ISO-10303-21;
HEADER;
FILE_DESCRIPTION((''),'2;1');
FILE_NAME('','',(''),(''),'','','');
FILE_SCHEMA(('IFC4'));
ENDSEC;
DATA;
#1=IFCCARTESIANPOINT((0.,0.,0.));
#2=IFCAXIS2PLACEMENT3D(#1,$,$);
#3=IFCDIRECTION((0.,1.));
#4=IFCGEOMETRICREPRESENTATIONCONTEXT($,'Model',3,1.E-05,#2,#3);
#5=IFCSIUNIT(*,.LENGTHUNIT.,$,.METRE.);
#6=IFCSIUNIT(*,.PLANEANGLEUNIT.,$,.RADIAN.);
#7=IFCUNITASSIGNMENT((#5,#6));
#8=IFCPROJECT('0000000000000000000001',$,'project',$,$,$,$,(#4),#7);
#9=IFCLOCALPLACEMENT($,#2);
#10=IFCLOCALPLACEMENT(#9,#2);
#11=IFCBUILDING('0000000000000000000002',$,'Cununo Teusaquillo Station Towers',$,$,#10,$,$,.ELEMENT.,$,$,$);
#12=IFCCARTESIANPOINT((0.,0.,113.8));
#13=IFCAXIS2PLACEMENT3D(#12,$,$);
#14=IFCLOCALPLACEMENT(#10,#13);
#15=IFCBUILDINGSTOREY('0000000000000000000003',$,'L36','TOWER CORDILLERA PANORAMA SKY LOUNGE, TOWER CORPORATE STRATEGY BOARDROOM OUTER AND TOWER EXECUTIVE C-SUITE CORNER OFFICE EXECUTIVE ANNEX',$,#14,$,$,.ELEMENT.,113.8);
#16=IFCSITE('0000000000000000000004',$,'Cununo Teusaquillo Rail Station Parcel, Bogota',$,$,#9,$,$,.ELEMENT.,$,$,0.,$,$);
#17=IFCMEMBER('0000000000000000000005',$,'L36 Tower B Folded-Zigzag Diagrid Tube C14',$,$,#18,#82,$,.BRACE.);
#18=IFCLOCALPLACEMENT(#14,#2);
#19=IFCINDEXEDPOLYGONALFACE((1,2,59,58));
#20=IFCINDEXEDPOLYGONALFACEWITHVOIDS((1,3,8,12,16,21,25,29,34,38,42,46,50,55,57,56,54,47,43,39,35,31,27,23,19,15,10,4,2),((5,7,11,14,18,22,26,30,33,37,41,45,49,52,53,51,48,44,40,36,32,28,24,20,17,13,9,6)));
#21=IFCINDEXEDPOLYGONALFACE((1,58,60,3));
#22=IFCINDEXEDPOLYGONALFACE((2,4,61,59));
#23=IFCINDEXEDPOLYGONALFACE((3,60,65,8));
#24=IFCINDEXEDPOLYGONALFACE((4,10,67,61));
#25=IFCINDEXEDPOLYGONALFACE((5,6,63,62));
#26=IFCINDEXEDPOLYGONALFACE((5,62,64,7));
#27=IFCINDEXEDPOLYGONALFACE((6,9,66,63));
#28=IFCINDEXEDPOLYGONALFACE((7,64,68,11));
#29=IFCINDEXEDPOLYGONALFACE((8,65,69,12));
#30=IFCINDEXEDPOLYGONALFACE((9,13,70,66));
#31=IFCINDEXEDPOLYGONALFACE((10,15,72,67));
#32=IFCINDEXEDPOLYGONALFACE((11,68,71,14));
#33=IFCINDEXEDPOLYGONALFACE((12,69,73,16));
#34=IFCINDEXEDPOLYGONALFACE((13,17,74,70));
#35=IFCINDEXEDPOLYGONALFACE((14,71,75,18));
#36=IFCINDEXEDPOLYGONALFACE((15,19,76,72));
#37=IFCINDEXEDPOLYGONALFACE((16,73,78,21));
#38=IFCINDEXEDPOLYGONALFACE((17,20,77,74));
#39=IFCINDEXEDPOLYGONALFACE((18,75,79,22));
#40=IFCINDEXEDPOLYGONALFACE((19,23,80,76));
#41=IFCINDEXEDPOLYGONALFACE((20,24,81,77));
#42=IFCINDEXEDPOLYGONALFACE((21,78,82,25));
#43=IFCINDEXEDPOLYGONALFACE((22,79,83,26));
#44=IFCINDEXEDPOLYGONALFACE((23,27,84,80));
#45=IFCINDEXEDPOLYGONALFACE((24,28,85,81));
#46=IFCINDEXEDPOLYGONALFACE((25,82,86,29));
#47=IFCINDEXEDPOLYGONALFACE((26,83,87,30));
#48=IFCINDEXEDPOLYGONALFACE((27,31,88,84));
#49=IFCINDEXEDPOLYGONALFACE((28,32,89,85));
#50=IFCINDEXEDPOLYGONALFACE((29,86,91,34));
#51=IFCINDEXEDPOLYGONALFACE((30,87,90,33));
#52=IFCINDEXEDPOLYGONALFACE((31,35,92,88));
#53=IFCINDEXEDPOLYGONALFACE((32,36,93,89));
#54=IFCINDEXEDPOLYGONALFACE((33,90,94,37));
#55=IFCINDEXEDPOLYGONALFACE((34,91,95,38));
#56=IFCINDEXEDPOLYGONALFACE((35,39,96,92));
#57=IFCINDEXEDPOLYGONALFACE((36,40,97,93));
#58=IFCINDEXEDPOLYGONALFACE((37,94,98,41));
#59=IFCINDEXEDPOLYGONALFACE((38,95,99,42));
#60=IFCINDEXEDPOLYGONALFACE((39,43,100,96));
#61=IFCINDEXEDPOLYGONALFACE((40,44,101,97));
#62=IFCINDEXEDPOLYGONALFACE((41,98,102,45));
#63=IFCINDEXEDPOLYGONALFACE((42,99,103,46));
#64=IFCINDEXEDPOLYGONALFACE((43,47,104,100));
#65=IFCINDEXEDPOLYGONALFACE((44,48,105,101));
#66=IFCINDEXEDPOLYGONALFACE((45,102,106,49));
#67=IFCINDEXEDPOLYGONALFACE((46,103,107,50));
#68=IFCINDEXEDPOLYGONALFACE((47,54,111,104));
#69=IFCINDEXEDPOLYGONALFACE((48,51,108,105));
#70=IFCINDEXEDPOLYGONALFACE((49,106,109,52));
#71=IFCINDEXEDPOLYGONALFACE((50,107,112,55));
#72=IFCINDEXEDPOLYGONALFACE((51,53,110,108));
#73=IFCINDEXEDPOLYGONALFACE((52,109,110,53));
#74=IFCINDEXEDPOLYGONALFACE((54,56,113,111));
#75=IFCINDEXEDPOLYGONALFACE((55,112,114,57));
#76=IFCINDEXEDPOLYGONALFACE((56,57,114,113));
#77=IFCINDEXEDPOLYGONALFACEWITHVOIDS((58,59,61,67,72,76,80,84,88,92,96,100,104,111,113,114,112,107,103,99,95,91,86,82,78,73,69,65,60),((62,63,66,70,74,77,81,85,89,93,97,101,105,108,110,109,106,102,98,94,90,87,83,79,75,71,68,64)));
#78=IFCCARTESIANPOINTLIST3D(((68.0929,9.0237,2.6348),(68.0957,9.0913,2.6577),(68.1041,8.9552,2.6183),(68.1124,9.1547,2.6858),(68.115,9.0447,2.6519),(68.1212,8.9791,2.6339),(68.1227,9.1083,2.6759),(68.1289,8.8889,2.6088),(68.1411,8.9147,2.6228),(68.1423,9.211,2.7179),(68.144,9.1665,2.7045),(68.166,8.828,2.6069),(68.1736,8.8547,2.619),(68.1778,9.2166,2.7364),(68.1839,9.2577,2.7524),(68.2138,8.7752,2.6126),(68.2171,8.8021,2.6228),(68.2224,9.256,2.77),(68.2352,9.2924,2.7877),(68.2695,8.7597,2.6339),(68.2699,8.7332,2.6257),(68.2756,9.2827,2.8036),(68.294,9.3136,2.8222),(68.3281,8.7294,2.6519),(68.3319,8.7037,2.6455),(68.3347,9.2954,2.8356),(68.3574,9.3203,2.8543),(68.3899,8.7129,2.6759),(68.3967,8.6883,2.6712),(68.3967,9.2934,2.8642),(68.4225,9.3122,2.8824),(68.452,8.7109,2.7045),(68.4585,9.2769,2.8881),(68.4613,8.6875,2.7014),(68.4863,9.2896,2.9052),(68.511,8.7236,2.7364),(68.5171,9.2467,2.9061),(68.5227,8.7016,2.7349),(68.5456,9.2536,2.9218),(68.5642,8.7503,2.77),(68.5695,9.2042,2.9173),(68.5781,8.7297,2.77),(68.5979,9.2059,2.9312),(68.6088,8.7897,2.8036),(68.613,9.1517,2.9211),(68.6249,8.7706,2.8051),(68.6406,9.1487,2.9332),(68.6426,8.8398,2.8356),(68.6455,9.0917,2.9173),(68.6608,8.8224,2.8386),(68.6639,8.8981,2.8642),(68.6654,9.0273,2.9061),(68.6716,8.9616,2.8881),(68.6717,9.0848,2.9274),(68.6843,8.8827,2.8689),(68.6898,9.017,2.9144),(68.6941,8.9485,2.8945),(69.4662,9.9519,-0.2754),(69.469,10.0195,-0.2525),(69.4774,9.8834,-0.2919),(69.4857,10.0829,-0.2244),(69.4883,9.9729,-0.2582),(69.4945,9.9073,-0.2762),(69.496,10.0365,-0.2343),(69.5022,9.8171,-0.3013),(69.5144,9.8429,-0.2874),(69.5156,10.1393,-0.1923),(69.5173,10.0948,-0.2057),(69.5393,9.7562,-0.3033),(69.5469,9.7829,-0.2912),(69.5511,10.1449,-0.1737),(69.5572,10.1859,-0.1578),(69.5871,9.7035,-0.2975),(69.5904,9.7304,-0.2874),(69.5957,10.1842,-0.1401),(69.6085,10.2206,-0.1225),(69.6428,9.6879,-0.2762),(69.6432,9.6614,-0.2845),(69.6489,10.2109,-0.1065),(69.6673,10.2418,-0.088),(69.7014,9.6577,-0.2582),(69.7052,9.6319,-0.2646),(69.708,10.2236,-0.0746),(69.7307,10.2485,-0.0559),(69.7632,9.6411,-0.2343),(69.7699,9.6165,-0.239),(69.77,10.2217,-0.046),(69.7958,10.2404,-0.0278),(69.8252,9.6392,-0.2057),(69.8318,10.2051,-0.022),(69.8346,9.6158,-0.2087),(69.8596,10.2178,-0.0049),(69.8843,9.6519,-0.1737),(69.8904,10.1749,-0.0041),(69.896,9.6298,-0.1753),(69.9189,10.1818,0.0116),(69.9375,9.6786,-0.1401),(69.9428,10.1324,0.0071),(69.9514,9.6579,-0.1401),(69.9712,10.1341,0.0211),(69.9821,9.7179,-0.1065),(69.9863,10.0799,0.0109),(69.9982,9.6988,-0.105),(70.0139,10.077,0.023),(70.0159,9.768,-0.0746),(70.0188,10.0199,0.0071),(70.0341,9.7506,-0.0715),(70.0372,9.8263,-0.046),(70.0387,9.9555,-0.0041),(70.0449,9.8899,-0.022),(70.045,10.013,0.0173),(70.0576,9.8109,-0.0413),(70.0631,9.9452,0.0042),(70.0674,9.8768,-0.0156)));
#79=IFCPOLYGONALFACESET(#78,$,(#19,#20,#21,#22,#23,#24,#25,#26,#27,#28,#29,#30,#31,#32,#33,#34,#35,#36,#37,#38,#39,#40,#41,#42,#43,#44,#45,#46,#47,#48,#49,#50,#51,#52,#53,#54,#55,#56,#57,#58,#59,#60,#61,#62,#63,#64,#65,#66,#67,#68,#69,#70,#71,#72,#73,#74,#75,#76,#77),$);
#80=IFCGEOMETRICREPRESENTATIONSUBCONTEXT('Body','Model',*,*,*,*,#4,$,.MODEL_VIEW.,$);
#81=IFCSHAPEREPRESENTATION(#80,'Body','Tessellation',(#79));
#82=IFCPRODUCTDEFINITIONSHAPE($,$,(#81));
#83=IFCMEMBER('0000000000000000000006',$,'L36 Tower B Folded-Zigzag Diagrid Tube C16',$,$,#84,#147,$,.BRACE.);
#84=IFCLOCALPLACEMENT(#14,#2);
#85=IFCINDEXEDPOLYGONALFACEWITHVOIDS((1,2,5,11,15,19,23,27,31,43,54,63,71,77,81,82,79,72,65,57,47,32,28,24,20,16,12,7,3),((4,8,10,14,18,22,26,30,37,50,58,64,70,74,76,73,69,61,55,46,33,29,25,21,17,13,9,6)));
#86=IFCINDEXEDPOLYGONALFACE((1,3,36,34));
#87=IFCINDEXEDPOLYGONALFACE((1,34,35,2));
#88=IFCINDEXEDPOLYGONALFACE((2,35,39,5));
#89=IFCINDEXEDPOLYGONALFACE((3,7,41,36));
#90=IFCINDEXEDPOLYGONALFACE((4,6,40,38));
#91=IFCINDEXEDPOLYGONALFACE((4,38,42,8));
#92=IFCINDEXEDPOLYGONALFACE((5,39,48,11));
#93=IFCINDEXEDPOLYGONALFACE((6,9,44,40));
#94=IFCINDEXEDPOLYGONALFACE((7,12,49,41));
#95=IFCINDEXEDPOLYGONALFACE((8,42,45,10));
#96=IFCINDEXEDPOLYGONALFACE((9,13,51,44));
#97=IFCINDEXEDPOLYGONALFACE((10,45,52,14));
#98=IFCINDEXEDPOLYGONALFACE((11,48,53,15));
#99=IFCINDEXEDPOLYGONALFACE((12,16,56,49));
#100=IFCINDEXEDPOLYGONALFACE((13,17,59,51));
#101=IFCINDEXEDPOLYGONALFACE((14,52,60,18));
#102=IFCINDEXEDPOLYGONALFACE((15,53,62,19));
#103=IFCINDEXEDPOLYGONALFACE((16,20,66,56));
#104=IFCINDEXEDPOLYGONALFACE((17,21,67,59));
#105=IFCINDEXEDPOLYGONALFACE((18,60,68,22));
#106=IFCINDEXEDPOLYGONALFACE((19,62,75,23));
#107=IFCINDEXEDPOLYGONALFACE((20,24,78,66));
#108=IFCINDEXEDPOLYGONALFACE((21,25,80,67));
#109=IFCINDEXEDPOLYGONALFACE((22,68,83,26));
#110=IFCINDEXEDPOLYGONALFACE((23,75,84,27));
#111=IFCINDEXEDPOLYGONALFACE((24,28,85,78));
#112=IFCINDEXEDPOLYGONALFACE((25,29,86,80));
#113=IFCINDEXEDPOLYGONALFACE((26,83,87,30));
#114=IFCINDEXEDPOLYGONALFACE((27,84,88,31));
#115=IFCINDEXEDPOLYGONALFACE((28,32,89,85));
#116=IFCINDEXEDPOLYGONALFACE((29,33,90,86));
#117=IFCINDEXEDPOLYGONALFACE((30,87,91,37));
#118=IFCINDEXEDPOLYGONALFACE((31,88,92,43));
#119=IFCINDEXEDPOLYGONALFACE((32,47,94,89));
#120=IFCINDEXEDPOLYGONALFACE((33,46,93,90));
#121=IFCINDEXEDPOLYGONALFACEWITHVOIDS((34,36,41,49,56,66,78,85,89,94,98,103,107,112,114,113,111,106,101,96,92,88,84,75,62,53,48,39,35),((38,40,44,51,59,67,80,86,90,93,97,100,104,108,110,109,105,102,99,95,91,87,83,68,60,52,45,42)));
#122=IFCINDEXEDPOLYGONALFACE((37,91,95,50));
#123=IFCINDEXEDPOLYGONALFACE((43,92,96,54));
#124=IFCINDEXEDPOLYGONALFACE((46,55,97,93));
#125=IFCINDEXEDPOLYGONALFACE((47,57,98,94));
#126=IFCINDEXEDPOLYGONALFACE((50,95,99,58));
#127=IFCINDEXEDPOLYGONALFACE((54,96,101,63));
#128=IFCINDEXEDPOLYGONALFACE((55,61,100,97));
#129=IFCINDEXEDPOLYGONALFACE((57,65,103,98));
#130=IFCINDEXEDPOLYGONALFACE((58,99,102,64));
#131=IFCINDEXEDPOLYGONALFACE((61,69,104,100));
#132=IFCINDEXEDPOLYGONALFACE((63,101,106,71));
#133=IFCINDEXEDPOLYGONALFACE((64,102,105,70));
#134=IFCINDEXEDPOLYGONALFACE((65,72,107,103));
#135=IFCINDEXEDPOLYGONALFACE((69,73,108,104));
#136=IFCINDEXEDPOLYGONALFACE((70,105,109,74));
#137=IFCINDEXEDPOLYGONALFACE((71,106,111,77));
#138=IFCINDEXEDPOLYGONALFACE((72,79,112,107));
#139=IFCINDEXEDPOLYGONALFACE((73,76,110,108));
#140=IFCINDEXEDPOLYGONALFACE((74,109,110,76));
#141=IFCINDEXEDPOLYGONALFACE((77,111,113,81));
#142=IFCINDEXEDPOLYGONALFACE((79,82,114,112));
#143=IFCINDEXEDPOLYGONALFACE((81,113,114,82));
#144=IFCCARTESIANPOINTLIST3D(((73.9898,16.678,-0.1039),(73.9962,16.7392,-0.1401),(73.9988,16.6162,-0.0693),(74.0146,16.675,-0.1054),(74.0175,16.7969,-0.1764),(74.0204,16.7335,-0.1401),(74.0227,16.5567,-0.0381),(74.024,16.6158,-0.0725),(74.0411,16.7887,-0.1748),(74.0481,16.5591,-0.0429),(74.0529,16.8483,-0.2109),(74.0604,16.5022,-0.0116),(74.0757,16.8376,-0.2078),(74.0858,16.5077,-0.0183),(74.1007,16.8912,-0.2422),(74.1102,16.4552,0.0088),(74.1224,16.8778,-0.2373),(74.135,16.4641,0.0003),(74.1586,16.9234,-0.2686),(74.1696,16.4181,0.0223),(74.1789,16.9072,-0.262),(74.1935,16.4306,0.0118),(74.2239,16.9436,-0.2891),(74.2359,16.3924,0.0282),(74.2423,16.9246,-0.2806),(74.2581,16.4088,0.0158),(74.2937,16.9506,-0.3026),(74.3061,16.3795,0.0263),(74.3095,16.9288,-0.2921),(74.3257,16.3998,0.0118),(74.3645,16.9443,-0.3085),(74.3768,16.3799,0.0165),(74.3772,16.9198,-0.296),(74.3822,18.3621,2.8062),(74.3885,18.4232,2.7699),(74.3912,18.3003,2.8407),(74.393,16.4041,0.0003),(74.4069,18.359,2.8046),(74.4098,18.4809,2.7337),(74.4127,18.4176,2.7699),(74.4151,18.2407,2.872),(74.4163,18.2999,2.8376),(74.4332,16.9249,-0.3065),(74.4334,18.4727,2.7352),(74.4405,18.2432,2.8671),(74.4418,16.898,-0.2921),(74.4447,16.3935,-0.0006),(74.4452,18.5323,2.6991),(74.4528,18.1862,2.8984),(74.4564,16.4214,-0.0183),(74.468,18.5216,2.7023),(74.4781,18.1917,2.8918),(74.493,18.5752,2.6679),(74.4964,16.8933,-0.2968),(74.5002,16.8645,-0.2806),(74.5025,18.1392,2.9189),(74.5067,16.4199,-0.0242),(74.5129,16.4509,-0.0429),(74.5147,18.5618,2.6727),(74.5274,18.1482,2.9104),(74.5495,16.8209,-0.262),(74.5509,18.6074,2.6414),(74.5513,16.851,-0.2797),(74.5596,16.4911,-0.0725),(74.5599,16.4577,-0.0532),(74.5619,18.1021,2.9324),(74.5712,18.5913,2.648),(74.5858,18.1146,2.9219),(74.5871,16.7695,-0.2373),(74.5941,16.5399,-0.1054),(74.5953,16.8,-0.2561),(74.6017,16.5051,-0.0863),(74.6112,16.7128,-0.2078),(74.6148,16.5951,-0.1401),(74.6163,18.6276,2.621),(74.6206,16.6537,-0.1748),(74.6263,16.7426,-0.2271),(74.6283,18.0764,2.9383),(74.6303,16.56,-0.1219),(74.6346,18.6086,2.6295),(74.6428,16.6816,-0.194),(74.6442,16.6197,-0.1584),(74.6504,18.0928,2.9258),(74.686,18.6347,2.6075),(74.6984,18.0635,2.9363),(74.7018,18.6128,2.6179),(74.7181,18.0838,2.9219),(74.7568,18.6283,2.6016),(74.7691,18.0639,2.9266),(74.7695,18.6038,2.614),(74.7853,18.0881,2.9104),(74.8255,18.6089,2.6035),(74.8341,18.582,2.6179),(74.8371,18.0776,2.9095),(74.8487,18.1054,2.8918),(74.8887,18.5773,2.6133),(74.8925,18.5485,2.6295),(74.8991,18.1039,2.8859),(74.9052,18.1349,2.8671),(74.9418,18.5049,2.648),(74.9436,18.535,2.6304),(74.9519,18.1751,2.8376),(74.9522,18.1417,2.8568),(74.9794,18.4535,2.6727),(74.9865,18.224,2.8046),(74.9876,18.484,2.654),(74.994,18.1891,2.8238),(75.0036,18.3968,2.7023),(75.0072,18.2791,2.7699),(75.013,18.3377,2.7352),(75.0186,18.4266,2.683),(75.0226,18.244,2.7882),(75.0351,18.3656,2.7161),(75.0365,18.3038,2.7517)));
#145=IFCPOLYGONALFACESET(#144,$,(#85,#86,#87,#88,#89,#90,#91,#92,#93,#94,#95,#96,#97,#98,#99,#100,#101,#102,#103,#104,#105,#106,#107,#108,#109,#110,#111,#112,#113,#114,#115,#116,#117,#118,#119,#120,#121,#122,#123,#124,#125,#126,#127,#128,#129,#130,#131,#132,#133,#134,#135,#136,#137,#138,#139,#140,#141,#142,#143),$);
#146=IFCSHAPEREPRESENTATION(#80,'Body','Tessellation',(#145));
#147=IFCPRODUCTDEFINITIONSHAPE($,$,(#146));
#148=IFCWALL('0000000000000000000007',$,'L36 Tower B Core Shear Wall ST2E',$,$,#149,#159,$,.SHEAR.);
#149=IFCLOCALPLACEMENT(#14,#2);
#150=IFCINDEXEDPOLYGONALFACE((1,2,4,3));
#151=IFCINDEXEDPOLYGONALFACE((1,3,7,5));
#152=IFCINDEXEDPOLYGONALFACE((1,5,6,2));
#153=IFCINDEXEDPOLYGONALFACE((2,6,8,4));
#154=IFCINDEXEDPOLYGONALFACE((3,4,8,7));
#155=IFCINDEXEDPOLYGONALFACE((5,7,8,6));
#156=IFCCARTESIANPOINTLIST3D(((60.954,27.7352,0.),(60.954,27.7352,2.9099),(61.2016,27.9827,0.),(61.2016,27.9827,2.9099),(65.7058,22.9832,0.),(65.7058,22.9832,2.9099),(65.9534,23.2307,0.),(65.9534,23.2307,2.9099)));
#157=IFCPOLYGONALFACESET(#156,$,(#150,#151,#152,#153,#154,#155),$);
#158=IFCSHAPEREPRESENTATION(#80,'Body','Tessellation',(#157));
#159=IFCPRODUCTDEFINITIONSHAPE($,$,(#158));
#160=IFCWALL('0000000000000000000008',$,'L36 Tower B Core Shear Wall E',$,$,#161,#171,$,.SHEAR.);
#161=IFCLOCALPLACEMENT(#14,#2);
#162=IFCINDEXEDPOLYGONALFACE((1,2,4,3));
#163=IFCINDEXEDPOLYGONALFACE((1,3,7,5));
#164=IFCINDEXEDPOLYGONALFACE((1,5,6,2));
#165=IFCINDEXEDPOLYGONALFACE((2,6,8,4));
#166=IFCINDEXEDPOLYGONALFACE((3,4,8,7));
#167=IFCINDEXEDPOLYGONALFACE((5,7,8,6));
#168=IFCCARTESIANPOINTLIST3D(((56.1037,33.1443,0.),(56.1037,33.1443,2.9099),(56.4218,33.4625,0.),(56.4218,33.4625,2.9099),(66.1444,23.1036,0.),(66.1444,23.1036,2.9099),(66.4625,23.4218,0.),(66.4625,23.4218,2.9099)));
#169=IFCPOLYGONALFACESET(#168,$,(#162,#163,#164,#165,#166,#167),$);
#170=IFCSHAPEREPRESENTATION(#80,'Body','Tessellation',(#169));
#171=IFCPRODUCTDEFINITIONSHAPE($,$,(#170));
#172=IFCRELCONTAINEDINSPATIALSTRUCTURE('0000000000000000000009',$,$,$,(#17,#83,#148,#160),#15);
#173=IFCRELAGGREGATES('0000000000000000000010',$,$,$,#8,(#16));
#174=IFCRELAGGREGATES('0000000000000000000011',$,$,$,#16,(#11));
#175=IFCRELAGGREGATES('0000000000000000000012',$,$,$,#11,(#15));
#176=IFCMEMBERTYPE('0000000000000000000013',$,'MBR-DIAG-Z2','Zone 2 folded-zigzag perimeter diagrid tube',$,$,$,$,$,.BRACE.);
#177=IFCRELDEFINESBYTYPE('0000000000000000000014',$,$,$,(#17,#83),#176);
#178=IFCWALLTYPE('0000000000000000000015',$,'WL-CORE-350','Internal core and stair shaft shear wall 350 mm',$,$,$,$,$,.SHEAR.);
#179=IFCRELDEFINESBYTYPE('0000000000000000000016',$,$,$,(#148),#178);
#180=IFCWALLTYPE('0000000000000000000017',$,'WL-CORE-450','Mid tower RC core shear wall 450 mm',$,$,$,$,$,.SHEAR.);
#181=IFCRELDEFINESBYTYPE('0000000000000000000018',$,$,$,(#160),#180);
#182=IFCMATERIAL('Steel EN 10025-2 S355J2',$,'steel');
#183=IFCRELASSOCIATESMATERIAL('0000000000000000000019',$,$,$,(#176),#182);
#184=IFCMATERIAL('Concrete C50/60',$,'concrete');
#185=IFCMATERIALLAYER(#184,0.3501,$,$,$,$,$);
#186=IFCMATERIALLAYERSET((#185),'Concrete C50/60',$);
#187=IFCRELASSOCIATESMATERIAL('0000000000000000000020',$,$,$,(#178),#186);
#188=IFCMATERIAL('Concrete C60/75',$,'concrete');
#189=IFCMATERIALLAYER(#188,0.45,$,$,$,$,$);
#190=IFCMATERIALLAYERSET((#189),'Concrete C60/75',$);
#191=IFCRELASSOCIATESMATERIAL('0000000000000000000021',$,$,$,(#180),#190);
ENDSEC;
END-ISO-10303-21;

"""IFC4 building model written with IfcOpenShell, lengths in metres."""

from ifc_helpers import new_model, si_unit, direction, frame, frame_2d, origin, origin_2d, place, context, subcontext, project, spatial, rectangle, hollow_circle, extrude, material, layer, layer_set, material_profile, profile_set, type_object, element, save


model = new_model("IFC4")

# Units and contexts
model_context = context("Model", 3, precision=1e-05, world=origin(), true_north=direction((0.0, 1.0)))
body_context = subcontext(model_context, "Body", "Model", "MODEL_VIEW")
ifc_project = project(units=[si_unit("LENGTHUNIT", "METRE"), si_unit("PLANEANGLEUNIT", "RADIAN")], contexts=[model_context])

# Site, building, storey
site_placement = place(None, origin())
site = spatial("IfcSite", under=ifc_project, at=site_placement, Name="Cununo Teusaquillo Rail Station Parcel, Bogota", CompositionType="ELEMENT", RefElevation=0.0)
building_placement = place(site_placement, origin())
building = spatial("IfcBuilding", under=site, at=building_placement, Name="Cununo Teusaquillo Station Towers", CompositionType="ELEMENT")
storey_placement = place(building_placement, frame((0.0, 0.0, 113.8)))
storey = spatial("IfcBuildingStorey", under=building, at=storey_placement, Name="L36", Description="TOWER CORDILLERA PANORAMA SKY LOUNGE, TOWER CORPORATE STRATEGY BOARDROOM OUTER AND TOWER EXECUTIVE C-SUITE CORNER OFFICE EXECUTIVE ANNEX", CompositionType="ELEMENT", Elevation=113.8)

# Members
ifc_material_1 = material(Name="Steel EN 10025-2 S355J2", Category="steel")
ifc_material_profile_1 = material_profile(ifc_material_1, hollow_circle(Radius=0.3301, WallThickness=0.0249, at=origin_2d()), Name="CHS 660x25")
ifc_profile_set_1 = profile_set([ifc_material_profile_1], Name="Steel EN 10025-2 S355J2")
member_type = type_object("IfcMemberType", Name="MBR-DIAG-Z2", Description="Zone 2 folded-zigzag perimeter diagrid tube", PredefinedType="BRACE", material=ifc_profile_set_1)
member_1_placement = place(storey_placement, frame((69.7666, 9.9314, -0.1401), z_axis=(-0.410047, -0.277155, 0.868934), x_axis=(0.559991, -0.828498, 0.0)))
element("IfcMember", 1, at=member_1_placement, inside=storey, type_object=member_type, Name="L36 Tower B Folded-Zigzag Diagrid Tube C14", PredefinedType="BRACE", context=body_context, shape_type="SweptSolid", body=[
    extrude(hollow_circle(Radius=0.3301, WallThickness=0.0249, at=origin_2d()), origin(), (0.0, 0.0, 1.0), 3.3491),
])
member_2_placement = place(storey_placement, frame((74.3176, 16.6643, -0.1401), z_axis=(0.115899, 0.497495, 0.85969), x_axis=(-0.97392, 0.22689, 0.0)))
element("IfcMember", 2, at=member_2_placement, inside=storey, type_object=member_type, Name="L36 Tower B Folded-Zigzag Diagrid Tube C16", PredefinedType="BRACE", context=body_context, shape_type="SweptSolid", body=[
    extrude(hollow_circle(Radius=0.3301, WallThickness=0.0249, at=origin_2d()), origin(), (0.0, 0.0, 1.0), 3.385),
])

# Walls
ifc_material_2 = material(Name="Concrete C50/60", Category="concrete")
ifc_layer_1 = layer(ifc_material_2, 0.3501)
ifc_layer_set_1 = layer_set([ifc_layer_1], Name="Concrete C50/60")
wall_type_1 = type_object("IfcWallType", Name="WL-CORE-350", Description="Internal core and stair shaft shear wall 350 mm", PredefinedType="SHEAR", material=ifc_layer_set_1)
wall_1_placement = place(storey_placement, frame((65.8296, 23.1069, 0.0), z_axis=(0.0, 0.0, 1.0), x_axis=(-0.707089, 0.707125, 0.0)))
element("IfcWall", 3, at=wall_1_placement, inside=storey, type_object=wall_type_1, Name="L36 Tower B Core Shear Wall ST2E", PredefinedType="SHEAR", context=body_context, shape_type="SweptSolid", body=[
    extrude(rectangle(XDim=6.7202, YDim=0.3501, at=frame_2d((3.3601, 0.0))), origin(), (0.0, 0.0, 1.0), 2.9099),
])
ifc_material_3 = material(Name="Concrete C60/75", Category="concrete")
ifc_layer_2 = layer(ifc_material_3, 0.45)
ifc_layer_set_2 = layer_set([ifc_layer_2], Name="Concrete C60/75")
wall_type_2 = type_object("IfcWallType", Name="WL-CORE-450", Description="Mid tower RC core shear wall 450 mm", PredefinedType="SHEAR", material=ifc_layer_set_2)
wall_2_placement = place(storey_placement, frame((66.3035, 23.2627, 0.0), z_axis=(0.0, 0.0, 1.0), x_axis=(-0.707107, 0.707107, 0.0)))
element("IfcWall", 4, at=wall_2_placement, inside=storey, type_object=wall_type_2, Name="L36 Tower B Core Shear Wall E", PredefinedType="SHEAR", context=body_context, shape_type="SweptSolid", body=[
    extrude(rectangle(XDim=14.1997, YDim=0.45, at=frame_2d((7.0999, 0.0))), origin(), (0.0, 0.0, 1.0), 2.9099),
])

save(model, "model.ifc")
